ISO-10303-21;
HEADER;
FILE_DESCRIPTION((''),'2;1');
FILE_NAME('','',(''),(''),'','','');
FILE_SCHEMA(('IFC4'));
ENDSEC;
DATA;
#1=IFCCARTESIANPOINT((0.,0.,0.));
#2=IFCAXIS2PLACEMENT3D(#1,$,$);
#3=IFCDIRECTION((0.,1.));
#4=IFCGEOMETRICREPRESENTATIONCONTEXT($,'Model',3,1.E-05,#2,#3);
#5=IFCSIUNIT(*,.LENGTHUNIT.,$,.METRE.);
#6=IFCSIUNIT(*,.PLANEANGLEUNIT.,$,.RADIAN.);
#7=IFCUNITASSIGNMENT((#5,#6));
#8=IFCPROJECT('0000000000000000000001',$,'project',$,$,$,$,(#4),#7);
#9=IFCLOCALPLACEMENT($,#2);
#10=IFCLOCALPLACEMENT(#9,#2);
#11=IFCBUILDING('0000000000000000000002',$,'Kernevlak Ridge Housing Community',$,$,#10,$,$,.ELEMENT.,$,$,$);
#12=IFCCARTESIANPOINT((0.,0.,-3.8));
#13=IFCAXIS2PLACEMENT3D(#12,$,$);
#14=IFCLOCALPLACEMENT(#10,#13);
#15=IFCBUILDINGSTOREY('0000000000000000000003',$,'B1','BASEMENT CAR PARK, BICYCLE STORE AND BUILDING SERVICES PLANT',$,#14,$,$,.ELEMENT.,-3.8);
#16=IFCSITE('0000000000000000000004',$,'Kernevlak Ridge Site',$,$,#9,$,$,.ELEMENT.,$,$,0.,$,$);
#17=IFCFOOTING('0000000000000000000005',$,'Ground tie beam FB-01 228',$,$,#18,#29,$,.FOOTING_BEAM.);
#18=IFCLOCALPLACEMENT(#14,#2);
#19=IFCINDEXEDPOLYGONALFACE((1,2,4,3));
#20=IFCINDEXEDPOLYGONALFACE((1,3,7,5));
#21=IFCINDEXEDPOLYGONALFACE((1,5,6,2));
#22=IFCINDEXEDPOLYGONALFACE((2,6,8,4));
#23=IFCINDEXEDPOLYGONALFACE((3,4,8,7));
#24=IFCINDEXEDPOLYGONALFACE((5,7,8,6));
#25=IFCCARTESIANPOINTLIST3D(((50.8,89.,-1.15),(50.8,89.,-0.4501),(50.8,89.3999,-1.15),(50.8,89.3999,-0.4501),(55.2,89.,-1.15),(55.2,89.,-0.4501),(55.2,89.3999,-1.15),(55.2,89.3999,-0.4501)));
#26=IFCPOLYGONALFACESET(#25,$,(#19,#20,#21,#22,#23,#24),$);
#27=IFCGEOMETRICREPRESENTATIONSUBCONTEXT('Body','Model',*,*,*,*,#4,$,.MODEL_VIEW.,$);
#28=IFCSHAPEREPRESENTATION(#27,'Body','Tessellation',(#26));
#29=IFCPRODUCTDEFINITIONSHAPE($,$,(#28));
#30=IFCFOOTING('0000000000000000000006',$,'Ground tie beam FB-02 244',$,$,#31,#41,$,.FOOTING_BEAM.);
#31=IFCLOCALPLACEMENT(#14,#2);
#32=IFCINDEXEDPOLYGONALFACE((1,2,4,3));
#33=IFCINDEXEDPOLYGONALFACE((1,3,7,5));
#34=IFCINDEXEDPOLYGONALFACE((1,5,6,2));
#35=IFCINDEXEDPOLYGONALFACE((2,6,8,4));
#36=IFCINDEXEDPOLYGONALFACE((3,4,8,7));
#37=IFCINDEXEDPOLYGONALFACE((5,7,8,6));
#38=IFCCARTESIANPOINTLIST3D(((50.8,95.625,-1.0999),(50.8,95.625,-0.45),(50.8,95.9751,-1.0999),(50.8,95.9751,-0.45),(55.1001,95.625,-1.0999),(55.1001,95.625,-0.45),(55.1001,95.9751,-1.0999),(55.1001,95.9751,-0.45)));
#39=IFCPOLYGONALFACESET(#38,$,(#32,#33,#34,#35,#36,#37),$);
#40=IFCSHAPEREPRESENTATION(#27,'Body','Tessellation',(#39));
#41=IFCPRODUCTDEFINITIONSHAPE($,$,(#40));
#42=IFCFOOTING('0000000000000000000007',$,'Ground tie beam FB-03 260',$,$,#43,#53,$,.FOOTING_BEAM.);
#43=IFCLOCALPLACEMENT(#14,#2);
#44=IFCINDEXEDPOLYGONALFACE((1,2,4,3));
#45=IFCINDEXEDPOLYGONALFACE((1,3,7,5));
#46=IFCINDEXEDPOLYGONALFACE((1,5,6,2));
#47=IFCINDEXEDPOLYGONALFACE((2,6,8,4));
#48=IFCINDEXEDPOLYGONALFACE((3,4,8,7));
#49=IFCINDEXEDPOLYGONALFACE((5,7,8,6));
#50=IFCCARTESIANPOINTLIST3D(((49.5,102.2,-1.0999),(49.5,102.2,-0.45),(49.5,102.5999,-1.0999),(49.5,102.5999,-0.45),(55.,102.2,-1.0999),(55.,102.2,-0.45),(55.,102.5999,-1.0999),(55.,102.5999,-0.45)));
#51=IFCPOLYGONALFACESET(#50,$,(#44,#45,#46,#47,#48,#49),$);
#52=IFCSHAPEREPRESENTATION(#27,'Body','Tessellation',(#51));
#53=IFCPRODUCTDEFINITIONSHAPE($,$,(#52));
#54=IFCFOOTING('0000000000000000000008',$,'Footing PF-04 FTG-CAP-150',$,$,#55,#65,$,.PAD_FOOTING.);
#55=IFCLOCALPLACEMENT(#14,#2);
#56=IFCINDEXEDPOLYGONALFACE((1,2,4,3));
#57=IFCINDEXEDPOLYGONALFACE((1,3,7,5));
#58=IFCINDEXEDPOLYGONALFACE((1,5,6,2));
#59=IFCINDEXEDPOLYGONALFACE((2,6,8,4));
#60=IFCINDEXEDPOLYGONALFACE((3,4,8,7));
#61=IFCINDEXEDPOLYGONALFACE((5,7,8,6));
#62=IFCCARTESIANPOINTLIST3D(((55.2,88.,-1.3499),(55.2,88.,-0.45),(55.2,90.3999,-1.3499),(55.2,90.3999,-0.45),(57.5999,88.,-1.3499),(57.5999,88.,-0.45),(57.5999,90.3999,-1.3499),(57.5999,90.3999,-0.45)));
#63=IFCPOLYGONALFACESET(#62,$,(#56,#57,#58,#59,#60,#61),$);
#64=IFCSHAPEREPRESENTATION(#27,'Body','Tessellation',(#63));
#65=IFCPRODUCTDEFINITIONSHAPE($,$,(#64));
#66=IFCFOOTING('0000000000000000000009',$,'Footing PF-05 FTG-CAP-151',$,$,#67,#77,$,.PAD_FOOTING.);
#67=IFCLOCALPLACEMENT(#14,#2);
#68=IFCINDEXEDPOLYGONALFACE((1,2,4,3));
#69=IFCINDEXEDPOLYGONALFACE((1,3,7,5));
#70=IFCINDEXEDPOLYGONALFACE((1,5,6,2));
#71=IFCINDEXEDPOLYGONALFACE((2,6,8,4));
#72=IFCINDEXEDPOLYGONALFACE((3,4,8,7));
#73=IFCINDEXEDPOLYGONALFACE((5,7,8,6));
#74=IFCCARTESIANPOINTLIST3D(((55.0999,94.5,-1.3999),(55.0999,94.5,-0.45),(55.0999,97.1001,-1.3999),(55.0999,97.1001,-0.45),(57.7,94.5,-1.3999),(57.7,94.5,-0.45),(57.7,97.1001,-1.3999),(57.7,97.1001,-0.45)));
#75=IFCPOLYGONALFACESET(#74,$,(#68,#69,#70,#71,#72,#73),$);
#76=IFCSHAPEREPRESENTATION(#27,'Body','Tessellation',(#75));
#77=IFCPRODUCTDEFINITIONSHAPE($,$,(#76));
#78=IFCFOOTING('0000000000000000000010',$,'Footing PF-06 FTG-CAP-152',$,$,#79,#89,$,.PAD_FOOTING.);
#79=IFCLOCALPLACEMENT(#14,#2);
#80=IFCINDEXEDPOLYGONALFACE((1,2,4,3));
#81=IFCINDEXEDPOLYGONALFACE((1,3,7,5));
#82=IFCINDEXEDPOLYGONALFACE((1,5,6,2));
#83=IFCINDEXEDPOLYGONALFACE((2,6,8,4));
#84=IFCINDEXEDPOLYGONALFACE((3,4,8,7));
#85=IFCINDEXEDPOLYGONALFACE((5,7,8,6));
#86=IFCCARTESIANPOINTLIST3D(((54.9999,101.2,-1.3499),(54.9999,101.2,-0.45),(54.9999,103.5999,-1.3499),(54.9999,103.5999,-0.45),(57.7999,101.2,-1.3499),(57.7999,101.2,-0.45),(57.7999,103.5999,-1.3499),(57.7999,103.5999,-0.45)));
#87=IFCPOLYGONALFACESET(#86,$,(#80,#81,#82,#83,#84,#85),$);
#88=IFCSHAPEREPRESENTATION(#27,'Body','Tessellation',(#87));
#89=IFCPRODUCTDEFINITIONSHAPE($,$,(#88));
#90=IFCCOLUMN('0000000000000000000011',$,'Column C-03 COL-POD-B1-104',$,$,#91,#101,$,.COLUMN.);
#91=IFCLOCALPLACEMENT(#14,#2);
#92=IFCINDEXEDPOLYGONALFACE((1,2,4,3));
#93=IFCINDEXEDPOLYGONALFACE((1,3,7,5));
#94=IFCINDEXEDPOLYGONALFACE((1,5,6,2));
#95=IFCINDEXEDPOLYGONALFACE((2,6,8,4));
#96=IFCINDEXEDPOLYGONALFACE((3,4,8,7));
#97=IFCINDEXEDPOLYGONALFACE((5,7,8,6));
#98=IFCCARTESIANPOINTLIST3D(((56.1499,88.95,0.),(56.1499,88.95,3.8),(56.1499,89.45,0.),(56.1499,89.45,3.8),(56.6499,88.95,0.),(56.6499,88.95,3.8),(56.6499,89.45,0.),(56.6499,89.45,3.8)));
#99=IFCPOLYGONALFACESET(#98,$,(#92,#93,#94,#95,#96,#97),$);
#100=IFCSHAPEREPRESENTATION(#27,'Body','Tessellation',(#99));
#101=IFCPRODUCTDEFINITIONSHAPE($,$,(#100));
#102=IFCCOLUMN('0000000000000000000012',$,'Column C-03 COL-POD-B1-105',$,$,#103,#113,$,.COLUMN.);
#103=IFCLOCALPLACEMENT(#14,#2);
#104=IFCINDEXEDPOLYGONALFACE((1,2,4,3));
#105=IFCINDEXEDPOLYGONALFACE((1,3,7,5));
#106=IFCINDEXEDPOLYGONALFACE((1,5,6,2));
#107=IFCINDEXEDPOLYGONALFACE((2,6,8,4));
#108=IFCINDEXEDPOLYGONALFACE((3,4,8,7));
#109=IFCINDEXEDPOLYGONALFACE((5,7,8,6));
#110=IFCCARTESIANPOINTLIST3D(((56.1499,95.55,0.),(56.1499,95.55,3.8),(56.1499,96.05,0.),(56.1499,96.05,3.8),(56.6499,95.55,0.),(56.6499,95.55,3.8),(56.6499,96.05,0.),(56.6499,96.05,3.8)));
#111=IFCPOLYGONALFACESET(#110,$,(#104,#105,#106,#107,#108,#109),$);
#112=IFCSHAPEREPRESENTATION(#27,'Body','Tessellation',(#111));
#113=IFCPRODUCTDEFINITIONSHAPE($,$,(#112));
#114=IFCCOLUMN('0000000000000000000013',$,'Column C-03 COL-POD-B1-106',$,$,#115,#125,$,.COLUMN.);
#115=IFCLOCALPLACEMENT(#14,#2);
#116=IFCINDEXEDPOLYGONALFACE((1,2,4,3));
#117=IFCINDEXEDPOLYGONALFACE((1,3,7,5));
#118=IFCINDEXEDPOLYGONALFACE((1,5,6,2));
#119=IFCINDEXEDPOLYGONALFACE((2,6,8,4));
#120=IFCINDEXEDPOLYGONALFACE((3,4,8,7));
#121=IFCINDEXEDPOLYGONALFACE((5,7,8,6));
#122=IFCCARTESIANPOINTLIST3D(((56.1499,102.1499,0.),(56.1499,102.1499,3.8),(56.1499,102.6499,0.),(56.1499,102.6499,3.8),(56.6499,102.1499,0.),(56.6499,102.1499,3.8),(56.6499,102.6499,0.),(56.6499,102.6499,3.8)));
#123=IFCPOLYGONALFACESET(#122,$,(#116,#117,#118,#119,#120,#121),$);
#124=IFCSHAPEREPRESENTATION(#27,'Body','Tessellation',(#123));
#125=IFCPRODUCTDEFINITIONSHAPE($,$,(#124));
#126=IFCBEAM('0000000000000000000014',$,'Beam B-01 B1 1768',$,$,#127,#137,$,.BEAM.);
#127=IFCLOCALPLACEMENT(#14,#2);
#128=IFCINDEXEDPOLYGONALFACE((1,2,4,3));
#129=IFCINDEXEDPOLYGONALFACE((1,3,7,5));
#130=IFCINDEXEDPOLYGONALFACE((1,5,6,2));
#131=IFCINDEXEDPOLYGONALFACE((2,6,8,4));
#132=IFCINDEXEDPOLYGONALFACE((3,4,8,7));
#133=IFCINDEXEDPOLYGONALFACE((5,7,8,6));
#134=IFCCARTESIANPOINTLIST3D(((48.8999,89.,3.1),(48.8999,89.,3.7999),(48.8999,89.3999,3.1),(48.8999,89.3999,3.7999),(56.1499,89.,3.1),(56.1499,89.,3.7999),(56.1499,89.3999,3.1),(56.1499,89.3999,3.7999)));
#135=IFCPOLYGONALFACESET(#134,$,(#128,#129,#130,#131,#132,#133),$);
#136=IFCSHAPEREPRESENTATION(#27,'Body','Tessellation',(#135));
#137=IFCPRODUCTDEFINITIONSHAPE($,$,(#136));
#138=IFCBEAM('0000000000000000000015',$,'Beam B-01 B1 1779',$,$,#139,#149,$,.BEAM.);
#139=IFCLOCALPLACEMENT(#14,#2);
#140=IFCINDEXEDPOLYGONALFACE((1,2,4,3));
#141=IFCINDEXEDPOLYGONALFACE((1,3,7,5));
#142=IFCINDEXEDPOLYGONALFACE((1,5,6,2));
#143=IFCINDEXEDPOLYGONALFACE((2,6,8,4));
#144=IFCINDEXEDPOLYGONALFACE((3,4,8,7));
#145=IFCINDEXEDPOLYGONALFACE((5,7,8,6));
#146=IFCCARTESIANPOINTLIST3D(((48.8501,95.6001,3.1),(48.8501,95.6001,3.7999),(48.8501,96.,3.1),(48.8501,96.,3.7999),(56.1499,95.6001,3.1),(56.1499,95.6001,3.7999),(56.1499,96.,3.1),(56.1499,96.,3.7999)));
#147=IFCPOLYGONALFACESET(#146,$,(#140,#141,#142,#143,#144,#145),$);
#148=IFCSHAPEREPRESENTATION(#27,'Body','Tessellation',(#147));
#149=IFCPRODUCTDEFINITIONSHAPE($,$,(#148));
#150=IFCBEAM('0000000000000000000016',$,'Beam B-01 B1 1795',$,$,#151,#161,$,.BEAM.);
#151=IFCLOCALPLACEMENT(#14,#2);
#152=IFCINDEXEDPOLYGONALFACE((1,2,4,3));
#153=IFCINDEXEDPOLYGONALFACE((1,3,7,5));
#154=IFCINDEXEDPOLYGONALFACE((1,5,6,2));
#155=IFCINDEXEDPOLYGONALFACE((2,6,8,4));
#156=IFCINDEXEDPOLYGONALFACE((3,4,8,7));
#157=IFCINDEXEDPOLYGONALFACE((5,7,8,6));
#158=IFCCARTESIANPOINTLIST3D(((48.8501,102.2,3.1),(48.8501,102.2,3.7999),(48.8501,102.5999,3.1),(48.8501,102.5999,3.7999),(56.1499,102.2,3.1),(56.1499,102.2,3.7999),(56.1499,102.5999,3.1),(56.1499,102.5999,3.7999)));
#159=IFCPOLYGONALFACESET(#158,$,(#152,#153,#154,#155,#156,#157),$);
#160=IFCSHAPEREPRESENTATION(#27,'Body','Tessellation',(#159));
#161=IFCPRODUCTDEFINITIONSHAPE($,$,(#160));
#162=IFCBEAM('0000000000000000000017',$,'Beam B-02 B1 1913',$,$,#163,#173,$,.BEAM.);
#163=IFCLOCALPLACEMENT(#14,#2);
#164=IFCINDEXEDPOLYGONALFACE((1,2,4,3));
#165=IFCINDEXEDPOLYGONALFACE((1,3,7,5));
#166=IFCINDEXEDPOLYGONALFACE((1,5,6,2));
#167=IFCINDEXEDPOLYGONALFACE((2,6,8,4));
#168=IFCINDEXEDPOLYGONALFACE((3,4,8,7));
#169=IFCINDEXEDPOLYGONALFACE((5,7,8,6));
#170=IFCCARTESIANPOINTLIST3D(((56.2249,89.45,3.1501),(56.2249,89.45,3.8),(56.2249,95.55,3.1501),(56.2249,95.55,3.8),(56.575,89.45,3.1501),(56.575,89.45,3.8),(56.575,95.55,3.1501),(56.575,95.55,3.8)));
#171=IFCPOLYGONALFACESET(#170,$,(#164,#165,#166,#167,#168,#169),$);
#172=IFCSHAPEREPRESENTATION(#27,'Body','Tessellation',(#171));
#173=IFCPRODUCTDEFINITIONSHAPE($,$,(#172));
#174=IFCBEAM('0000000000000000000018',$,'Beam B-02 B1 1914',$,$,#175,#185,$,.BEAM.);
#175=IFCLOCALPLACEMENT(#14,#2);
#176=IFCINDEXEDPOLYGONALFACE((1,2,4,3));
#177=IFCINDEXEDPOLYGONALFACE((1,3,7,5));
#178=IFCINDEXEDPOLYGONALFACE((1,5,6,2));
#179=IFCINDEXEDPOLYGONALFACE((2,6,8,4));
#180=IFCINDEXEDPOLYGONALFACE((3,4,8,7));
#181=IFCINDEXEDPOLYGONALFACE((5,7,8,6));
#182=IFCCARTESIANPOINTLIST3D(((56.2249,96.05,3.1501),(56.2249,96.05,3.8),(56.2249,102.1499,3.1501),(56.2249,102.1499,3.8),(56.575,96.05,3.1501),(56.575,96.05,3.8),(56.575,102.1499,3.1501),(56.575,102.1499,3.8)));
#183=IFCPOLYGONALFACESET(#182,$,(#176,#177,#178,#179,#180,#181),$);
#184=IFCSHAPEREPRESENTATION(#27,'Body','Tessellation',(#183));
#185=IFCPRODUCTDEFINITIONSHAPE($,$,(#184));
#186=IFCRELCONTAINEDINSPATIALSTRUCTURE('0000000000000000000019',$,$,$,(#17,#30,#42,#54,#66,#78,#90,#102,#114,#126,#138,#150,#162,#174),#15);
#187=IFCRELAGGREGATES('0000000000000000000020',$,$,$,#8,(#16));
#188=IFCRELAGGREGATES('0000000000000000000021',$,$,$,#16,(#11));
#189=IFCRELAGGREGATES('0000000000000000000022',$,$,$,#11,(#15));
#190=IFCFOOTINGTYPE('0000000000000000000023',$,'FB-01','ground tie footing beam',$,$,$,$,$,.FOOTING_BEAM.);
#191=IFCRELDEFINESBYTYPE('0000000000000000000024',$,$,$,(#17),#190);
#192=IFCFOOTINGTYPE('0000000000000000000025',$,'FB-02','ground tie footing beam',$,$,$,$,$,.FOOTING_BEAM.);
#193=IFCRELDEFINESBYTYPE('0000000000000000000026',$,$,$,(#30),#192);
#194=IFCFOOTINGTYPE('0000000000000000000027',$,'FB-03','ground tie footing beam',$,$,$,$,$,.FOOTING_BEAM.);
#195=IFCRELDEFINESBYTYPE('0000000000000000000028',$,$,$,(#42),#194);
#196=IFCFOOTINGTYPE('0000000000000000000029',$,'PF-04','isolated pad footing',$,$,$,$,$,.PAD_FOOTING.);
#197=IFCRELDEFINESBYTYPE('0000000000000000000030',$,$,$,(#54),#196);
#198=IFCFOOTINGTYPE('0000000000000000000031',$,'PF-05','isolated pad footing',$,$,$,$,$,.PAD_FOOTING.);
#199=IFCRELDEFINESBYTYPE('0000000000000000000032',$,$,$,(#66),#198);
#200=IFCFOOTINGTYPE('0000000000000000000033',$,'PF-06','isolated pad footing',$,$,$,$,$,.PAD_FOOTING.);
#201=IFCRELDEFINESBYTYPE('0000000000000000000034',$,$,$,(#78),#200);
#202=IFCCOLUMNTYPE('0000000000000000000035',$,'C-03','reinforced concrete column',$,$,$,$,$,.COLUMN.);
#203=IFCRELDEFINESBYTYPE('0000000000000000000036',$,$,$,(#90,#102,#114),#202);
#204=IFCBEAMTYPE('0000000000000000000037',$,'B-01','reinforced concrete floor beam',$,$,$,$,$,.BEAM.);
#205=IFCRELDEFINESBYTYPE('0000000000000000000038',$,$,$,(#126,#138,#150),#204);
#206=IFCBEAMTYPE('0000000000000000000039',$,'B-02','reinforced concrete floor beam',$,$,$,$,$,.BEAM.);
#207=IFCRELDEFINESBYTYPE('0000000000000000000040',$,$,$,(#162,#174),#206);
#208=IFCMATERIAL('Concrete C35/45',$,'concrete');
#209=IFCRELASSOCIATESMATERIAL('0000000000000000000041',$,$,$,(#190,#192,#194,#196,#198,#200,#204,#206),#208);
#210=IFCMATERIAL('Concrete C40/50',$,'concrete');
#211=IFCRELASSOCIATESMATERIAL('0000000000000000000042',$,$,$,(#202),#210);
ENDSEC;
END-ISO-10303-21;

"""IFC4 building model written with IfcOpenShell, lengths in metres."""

from ifc_helpers import new_model, si_unit, direction, frame, origin, origin_2d, place, context, subcontext, project, spatial, rectangle, extrude, material, material_profile, profile_set, type_object, element, save


model = new_model("IFC4")

# Units and contexts
model_context = context("Model", 3, precision=1e-05, world=origin(), true_north=direction((0.0, 1.0)))
body_context = subcontext(model_context, "Body", "Model", "MODEL_VIEW")
ifc_project = project(units=[si_unit("LENGTHUNIT", "METRE"), si_unit("PLANEANGLEUNIT", "RADIAN")], contexts=[model_context])

# Site, building, storey
site_placement = place(None, origin())
site = spatial("IfcSite", under=ifc_project, at=site_placement, Name="Kernevlak Ridge Site", CompositionType="ELEMENT", RefElevation=0.0)
building_placement = place(site_placement, origin())
building = spatial("IfcBuilding", under=site, at=building_placement, Name="Kernevlak Ridge Housing Community", CompositionType="ELEMENT")
storey_placement = place(building_placement, frame((0.0, 0.0, -3.8)))
storey = spatial("IfcBuildingStorey", under=building, at=storey_placement, Name="B1", Description="BASEMENT CAR PARK, BICYCLE STORE AND BUILDING SERVICES PLANT", CompositionType="ELEMENT", Elevation=-3.8)

# Shared definitions
ifc_material_1 = material(Name="Concrete C35/45", Category="concrete")

# Footings
ifc_material_profile_1 = material_profile(ifc_material_1, rectangle(XDim=0.3999, YDim=0.7, at=origin_2d()), Name="RC 400x700")
ifc_profile_set_1 = profile_set([ifc_material_profile_1], Name="Concrete C35/45")
footing_type_1 = type_object("IfcFootingType", Name="FB-01", Description="ground tie footing beam", PredefinedType="FOOTING_BEAM", material=ifc_profile_set_1)
footing_1_placement = place(storey_placement, frame((50.8, 89.2, -0.8), z_axis=(1.0, 0.0, 0.0), x_axis=(0.0, 1.0, 0.0)))
element("IfcFooting", 1, at=footing_1_placement, inside=storey, type_object=footing_type_1, Name="Ground tie beam FB-01 228", PredefinedType="FOOTING_BEAM", context=body_context, shape_type="SweptSolid", body=[
    extrude(rectangle(XDim=0.3999, YDim=0.7, at=origin_2d()), origin(), (0.0, 0.0, 1.0), 4.3999),
])
ifc_material_profile_2 = material_profile(ifc_material_1, rectangle(XDim=0.3501, YDim=0.6499, at=origin_2d()), Name="RC 350x650")
ifc_profile_set_2 = profile_set([ifc_material_profile_2], Name="Concrete C35/45")
footing_type_2 = type_object("IfcFootingType", Name="FB-02", Description="ground tie footing beam", PredefinedType="FOOTING_BEAM", material=ifc_profile_set_2)
footing_2_placement = place(storey_placement, frame((50.8, 95.8, -0.7749), z_axis=(1.0, 0.0, 0.0), x_axis=(0.0, 1.0, 0.0)))
element("IfcFooting", 2, at=footing_2_placement, inside=storey, type_object=footing_type_2, Name="Ground tie beam FB-02 244", PredefinedType="FOOTING_BEAM", context=body_context, shape_type="SweptSolid", body=[
    extrude(rectangle(XDim=0.3501, YDim=0.6499, at=origin_2d()), origin(), (0.0, 0.0, 1.0), 4.3),
])
ifc_material_profile_3 = material_profile(ifc_material_1, rectangle(XDim=0.3999, YDim=0.6499, at=origin_2d()), Name="RC 400x650")
ifc_profile_set_3 = profile_set([ifc_material_profile_3], Name="Concrete C35/45")
footing_type_3 = type_object("IfcFootingType", Name="FB-03", Description="ground tie footing beam", PredefinedType="FOOTING_BEAM", material=ifc_profile_set_3)
footing_3_placement = place(storey_placement, frame((49.5, 102.3999, -0.7749), z_axis=(1.0, 0.0, 0.0), x_axis=(0.0, 1.0, 0.0)))
element("IfcFooting", 3, at=footing_3_placement, inside=storey, type_object=footing_type_3, Name="Ground tie beam FB-03 260", PredefinedType="FOOTING_BEAM", context=body_context, shape_type="SweptSolid", body=[
    extrude(rectangle(XDim=0.3999, YDim=0.6499, at=origin_2d()), origin(), (0.0, 0.0, 1.0), 5.5),
])
footing_type_4 = type_object("IfcFootingType", Name="PF-04", Description="isolated pad footing", PredefinedType="PAD_FOOTING", material=ifc_material_1)
footing_4_placement = place(storey_placement, frame((56.3999, 89.2, -1.3499), z_axis=(0.0, 0.0, 1.0), x_axis=(1.0, 0.0, 0.0)))
element("IfcFooting", 4, at=footing_4_placement, inside=storey, type_object=footing_type_4, Name="Footing PF-04 FTG-CAP-150", PredefinedType="PAD_FOOTING", context=body_context, shape_type="SweptSolid", body=[
    extrude(rectangle(XDim=2.3999, YDim=2.3999, at=origin_2d()), origin(), (0.0, 0.0, 1.0), 0.8999),
])
footing_type_5 = type_object("IfcFootingType", Name="PF-05", Description="isolated pad footing", PredefinedType="PAD_FOOTING", material=ifc_material_1)
footing_5_placement = place(storey_placement, frame((56.3999, 95.8, -1.3999), z_axis=(0.0, 0.0, 1.0), x_axis=(1.0, 0.0, 0.0)))
element("IfcFooting", 5, at=footing_5_placement, inside=storey, type_object=footing_type_5, Name="Footing PF-05 FTG-CAP-151", PredefinedType="PAD_FOOTING", context=body_context, shape_type="SweptSolid", body=[
    extrude(rectangle(XDim=2.6001, YDim=2.6001, at=origin_2d()), origin(), (0.0, 0.0, 1.0), 0.95),
])
footing_type_6 = type_object("IfcFootingType", Name="PF-06", Description="isolated pad footing", PredefinedType="PAD_FOOTING", material=ifc_material_1)
footing_6_placement = place(storey_placement, frame((56.3999, 102.3999, -1.3499), z_axis=(0.0, 0.0, 1.0), x_axis=(1.0, 0.0, 0.0)))
element("IfcFooting", 6, at=footing_6_placement, inside=storey, type_object=footing_type_6, Name="Footing PF-06 FTG-CAP-152", PredefinedType="PAD_FOOTING", context=body_context, shape_type="SweptSolid", body=[
    extrude(rectangle(XDim=2.8, YDim=2.3999, at=origin_2d()), origin(), (0.0, 0.0, 1.0), 0.8999),
])

# Columns
ifc_material_2 = material(Name="Concrete C40/50", Category="concrete")
ifc_material_profile_4 = material_profile(ifc_material_2, rectangle(XDim=0.5, YDim=0.5, at=origin_2d()), Name="RC 500x500")
ifc_profile_set_4 = profile_set([ifc_material_profile_4], Name="Concrete C40/50")
column_type = type_object("IfcColumnType", Name="C-03", Description="reinforced concrete column", PredefinedType="COLUMN", material=ifc_profile_set_4)
for number, where, z_axis, x_axis, name in (
    (7, (56.3999, 89.2, 0.0), (0.0, 0.0, 1.0), (1.0, 0.0, 0.0), "Column C-03 COL-POD-B1-104"),
    (8, (56.3999, 95.8, 0.0), (0.0, 0.0, 1.0), (1.0, 0.0, 0.0), "Column C-03 COL-POD-B1-105"),
    (9, (56.3999, 102.3999, 0.0), (0.0, 0.0, 1.0), (1.0, 0.0, 0.0), "Column C-03 COL-POD-B1-106"),
):
    element("IfcColumn", number, at=place(storey_placement, frame(where, z_axis=z_axis, x_axis=x_axis)), inside=storey, type_object=column_type, Name=name, PredefinedType="COLUMN", context=body_context, shape_type="SweptSolid", body=[
        extrude(rectangle(XDim=0.5, YDim=0.5, at=origin_2d()), origin(), (0.0, 0.0, 1.0), 3.8),
    ])

# Beams
ifc_material_profile_5 = material_profile(ifc_material_1, rectangle(XDim=0.3999, YDim=0.7, at=origin_2d()), Name="RC 400x700")
ifc_profile_set_5 = profile_set([ifc_material_profile_5], Name="Concrete C35/45")
beam_type_1 = type_object("IfcBeamType", Name="B-01", Description="reinforced concrete floor beam", PredefinedType="BEAM", material=ifc_profile_set_5)
beam_1_placement = place(storey_placement, frame((48.8999, 89.2, 3.45), z_axis=(1.0, 0.0, 0.0), x_axis=(0.0, 1.0, 0.0)))
element("IfcBeam", 10, at=beam_1_placement, inside=storey, type_object=beam_type_1, Name="Beam B-01 B1 1768", PredefinedType="BEAM", context=body_context, shape_type="SweptSolid", body=[
    extrude(rectangle(XDim=0.3999, YDim=0.7, at=origin_2d()), origin(), (0.0, 0.0, 1.0), 7.25),
])
for number, where, z_axis, x_axis, name in (
    (11, (48.8501, 95.8, 3.45), (1.0, 0.0, 0.0), (0.0, 1.0, 0.0), "Beam B-01 B1 1779"),
    (12, (48.8501, 102.3999, 3.45), (1.0, 0.0, 0.0), (0.0, 1.0, 0.0), "Beam B-01 B1 1795"),
):
    element("IfcBeam", number, at=place(storey_placement, frame(where, z_axis=z_axis, x_axis=x_axis)), inside=storey, type_object=beam_type_1, Name=name, PredefinedType="BEAM", context=body_context, shape_type="SweptSolid", body=[
        extrude(rectangle(XDim=0.3999, YDim=0.7, at=origin_2d()), origin(), (0.0, 0.0, 1.0), 7.2998),
    ])
ifc_material_profile_6 = material_profile(ifc_material_1, rectangle(XDim=0.3501, YDim=0.6499, at=origin_2d()), Name="RC 350x650")
ifc_profile_set_6 = profile_set([ifc_material_profile_6], Name="Concrete C35/45")
beam_type_2 = type_object("IfcBeamType", Name="B-02", Description="reinforced concrete floor beam", PredefinedType="BEAM", material=ifc_profile_set_6)
beam_2_placement = place(storey_placement, frame((56.3999, 89.45, 3.4751), z_axis=(0.0, 1.0, 0.0), x_axis=(-1.0, 0.0, 0.0)))
element("IfcBeam", 13, at=beam_2_placement, inside=storey, type_object=beam_type_2, Name="Beam B-02 B1 1913", PredefinedType="BEAM", context=body_context, shape_type="SweptSolid", body=[
    extrude(rectangle(XDim=0.3501, YDim=0.6499, at=origin_2d()), origin(), (0.0, 0.0, 1.0), 6.1001),
])
beam_3_placement = place(storey_placement, frame((56.3999, 96.05, 3.4751), z_axis=(0.0, 1.0, 0.0), x_axis=(-1.0, 0.0, 0.0)))
element("IfcBeam", 14, at=beam_3_placement, inside=storey, type_object=beam_type_2, Name="Beam B-02 B1 1914", PredefinedType="BEAM", context=body_context, shape_type="SweptSolid", body=[
    extrude(rectangle(XDim=0.3501, YDim=0.6499, at=origin_2d()), origin(), (0.0, 0.0, 1.0), 6.0999),
])

save(model, "model.ifc")
